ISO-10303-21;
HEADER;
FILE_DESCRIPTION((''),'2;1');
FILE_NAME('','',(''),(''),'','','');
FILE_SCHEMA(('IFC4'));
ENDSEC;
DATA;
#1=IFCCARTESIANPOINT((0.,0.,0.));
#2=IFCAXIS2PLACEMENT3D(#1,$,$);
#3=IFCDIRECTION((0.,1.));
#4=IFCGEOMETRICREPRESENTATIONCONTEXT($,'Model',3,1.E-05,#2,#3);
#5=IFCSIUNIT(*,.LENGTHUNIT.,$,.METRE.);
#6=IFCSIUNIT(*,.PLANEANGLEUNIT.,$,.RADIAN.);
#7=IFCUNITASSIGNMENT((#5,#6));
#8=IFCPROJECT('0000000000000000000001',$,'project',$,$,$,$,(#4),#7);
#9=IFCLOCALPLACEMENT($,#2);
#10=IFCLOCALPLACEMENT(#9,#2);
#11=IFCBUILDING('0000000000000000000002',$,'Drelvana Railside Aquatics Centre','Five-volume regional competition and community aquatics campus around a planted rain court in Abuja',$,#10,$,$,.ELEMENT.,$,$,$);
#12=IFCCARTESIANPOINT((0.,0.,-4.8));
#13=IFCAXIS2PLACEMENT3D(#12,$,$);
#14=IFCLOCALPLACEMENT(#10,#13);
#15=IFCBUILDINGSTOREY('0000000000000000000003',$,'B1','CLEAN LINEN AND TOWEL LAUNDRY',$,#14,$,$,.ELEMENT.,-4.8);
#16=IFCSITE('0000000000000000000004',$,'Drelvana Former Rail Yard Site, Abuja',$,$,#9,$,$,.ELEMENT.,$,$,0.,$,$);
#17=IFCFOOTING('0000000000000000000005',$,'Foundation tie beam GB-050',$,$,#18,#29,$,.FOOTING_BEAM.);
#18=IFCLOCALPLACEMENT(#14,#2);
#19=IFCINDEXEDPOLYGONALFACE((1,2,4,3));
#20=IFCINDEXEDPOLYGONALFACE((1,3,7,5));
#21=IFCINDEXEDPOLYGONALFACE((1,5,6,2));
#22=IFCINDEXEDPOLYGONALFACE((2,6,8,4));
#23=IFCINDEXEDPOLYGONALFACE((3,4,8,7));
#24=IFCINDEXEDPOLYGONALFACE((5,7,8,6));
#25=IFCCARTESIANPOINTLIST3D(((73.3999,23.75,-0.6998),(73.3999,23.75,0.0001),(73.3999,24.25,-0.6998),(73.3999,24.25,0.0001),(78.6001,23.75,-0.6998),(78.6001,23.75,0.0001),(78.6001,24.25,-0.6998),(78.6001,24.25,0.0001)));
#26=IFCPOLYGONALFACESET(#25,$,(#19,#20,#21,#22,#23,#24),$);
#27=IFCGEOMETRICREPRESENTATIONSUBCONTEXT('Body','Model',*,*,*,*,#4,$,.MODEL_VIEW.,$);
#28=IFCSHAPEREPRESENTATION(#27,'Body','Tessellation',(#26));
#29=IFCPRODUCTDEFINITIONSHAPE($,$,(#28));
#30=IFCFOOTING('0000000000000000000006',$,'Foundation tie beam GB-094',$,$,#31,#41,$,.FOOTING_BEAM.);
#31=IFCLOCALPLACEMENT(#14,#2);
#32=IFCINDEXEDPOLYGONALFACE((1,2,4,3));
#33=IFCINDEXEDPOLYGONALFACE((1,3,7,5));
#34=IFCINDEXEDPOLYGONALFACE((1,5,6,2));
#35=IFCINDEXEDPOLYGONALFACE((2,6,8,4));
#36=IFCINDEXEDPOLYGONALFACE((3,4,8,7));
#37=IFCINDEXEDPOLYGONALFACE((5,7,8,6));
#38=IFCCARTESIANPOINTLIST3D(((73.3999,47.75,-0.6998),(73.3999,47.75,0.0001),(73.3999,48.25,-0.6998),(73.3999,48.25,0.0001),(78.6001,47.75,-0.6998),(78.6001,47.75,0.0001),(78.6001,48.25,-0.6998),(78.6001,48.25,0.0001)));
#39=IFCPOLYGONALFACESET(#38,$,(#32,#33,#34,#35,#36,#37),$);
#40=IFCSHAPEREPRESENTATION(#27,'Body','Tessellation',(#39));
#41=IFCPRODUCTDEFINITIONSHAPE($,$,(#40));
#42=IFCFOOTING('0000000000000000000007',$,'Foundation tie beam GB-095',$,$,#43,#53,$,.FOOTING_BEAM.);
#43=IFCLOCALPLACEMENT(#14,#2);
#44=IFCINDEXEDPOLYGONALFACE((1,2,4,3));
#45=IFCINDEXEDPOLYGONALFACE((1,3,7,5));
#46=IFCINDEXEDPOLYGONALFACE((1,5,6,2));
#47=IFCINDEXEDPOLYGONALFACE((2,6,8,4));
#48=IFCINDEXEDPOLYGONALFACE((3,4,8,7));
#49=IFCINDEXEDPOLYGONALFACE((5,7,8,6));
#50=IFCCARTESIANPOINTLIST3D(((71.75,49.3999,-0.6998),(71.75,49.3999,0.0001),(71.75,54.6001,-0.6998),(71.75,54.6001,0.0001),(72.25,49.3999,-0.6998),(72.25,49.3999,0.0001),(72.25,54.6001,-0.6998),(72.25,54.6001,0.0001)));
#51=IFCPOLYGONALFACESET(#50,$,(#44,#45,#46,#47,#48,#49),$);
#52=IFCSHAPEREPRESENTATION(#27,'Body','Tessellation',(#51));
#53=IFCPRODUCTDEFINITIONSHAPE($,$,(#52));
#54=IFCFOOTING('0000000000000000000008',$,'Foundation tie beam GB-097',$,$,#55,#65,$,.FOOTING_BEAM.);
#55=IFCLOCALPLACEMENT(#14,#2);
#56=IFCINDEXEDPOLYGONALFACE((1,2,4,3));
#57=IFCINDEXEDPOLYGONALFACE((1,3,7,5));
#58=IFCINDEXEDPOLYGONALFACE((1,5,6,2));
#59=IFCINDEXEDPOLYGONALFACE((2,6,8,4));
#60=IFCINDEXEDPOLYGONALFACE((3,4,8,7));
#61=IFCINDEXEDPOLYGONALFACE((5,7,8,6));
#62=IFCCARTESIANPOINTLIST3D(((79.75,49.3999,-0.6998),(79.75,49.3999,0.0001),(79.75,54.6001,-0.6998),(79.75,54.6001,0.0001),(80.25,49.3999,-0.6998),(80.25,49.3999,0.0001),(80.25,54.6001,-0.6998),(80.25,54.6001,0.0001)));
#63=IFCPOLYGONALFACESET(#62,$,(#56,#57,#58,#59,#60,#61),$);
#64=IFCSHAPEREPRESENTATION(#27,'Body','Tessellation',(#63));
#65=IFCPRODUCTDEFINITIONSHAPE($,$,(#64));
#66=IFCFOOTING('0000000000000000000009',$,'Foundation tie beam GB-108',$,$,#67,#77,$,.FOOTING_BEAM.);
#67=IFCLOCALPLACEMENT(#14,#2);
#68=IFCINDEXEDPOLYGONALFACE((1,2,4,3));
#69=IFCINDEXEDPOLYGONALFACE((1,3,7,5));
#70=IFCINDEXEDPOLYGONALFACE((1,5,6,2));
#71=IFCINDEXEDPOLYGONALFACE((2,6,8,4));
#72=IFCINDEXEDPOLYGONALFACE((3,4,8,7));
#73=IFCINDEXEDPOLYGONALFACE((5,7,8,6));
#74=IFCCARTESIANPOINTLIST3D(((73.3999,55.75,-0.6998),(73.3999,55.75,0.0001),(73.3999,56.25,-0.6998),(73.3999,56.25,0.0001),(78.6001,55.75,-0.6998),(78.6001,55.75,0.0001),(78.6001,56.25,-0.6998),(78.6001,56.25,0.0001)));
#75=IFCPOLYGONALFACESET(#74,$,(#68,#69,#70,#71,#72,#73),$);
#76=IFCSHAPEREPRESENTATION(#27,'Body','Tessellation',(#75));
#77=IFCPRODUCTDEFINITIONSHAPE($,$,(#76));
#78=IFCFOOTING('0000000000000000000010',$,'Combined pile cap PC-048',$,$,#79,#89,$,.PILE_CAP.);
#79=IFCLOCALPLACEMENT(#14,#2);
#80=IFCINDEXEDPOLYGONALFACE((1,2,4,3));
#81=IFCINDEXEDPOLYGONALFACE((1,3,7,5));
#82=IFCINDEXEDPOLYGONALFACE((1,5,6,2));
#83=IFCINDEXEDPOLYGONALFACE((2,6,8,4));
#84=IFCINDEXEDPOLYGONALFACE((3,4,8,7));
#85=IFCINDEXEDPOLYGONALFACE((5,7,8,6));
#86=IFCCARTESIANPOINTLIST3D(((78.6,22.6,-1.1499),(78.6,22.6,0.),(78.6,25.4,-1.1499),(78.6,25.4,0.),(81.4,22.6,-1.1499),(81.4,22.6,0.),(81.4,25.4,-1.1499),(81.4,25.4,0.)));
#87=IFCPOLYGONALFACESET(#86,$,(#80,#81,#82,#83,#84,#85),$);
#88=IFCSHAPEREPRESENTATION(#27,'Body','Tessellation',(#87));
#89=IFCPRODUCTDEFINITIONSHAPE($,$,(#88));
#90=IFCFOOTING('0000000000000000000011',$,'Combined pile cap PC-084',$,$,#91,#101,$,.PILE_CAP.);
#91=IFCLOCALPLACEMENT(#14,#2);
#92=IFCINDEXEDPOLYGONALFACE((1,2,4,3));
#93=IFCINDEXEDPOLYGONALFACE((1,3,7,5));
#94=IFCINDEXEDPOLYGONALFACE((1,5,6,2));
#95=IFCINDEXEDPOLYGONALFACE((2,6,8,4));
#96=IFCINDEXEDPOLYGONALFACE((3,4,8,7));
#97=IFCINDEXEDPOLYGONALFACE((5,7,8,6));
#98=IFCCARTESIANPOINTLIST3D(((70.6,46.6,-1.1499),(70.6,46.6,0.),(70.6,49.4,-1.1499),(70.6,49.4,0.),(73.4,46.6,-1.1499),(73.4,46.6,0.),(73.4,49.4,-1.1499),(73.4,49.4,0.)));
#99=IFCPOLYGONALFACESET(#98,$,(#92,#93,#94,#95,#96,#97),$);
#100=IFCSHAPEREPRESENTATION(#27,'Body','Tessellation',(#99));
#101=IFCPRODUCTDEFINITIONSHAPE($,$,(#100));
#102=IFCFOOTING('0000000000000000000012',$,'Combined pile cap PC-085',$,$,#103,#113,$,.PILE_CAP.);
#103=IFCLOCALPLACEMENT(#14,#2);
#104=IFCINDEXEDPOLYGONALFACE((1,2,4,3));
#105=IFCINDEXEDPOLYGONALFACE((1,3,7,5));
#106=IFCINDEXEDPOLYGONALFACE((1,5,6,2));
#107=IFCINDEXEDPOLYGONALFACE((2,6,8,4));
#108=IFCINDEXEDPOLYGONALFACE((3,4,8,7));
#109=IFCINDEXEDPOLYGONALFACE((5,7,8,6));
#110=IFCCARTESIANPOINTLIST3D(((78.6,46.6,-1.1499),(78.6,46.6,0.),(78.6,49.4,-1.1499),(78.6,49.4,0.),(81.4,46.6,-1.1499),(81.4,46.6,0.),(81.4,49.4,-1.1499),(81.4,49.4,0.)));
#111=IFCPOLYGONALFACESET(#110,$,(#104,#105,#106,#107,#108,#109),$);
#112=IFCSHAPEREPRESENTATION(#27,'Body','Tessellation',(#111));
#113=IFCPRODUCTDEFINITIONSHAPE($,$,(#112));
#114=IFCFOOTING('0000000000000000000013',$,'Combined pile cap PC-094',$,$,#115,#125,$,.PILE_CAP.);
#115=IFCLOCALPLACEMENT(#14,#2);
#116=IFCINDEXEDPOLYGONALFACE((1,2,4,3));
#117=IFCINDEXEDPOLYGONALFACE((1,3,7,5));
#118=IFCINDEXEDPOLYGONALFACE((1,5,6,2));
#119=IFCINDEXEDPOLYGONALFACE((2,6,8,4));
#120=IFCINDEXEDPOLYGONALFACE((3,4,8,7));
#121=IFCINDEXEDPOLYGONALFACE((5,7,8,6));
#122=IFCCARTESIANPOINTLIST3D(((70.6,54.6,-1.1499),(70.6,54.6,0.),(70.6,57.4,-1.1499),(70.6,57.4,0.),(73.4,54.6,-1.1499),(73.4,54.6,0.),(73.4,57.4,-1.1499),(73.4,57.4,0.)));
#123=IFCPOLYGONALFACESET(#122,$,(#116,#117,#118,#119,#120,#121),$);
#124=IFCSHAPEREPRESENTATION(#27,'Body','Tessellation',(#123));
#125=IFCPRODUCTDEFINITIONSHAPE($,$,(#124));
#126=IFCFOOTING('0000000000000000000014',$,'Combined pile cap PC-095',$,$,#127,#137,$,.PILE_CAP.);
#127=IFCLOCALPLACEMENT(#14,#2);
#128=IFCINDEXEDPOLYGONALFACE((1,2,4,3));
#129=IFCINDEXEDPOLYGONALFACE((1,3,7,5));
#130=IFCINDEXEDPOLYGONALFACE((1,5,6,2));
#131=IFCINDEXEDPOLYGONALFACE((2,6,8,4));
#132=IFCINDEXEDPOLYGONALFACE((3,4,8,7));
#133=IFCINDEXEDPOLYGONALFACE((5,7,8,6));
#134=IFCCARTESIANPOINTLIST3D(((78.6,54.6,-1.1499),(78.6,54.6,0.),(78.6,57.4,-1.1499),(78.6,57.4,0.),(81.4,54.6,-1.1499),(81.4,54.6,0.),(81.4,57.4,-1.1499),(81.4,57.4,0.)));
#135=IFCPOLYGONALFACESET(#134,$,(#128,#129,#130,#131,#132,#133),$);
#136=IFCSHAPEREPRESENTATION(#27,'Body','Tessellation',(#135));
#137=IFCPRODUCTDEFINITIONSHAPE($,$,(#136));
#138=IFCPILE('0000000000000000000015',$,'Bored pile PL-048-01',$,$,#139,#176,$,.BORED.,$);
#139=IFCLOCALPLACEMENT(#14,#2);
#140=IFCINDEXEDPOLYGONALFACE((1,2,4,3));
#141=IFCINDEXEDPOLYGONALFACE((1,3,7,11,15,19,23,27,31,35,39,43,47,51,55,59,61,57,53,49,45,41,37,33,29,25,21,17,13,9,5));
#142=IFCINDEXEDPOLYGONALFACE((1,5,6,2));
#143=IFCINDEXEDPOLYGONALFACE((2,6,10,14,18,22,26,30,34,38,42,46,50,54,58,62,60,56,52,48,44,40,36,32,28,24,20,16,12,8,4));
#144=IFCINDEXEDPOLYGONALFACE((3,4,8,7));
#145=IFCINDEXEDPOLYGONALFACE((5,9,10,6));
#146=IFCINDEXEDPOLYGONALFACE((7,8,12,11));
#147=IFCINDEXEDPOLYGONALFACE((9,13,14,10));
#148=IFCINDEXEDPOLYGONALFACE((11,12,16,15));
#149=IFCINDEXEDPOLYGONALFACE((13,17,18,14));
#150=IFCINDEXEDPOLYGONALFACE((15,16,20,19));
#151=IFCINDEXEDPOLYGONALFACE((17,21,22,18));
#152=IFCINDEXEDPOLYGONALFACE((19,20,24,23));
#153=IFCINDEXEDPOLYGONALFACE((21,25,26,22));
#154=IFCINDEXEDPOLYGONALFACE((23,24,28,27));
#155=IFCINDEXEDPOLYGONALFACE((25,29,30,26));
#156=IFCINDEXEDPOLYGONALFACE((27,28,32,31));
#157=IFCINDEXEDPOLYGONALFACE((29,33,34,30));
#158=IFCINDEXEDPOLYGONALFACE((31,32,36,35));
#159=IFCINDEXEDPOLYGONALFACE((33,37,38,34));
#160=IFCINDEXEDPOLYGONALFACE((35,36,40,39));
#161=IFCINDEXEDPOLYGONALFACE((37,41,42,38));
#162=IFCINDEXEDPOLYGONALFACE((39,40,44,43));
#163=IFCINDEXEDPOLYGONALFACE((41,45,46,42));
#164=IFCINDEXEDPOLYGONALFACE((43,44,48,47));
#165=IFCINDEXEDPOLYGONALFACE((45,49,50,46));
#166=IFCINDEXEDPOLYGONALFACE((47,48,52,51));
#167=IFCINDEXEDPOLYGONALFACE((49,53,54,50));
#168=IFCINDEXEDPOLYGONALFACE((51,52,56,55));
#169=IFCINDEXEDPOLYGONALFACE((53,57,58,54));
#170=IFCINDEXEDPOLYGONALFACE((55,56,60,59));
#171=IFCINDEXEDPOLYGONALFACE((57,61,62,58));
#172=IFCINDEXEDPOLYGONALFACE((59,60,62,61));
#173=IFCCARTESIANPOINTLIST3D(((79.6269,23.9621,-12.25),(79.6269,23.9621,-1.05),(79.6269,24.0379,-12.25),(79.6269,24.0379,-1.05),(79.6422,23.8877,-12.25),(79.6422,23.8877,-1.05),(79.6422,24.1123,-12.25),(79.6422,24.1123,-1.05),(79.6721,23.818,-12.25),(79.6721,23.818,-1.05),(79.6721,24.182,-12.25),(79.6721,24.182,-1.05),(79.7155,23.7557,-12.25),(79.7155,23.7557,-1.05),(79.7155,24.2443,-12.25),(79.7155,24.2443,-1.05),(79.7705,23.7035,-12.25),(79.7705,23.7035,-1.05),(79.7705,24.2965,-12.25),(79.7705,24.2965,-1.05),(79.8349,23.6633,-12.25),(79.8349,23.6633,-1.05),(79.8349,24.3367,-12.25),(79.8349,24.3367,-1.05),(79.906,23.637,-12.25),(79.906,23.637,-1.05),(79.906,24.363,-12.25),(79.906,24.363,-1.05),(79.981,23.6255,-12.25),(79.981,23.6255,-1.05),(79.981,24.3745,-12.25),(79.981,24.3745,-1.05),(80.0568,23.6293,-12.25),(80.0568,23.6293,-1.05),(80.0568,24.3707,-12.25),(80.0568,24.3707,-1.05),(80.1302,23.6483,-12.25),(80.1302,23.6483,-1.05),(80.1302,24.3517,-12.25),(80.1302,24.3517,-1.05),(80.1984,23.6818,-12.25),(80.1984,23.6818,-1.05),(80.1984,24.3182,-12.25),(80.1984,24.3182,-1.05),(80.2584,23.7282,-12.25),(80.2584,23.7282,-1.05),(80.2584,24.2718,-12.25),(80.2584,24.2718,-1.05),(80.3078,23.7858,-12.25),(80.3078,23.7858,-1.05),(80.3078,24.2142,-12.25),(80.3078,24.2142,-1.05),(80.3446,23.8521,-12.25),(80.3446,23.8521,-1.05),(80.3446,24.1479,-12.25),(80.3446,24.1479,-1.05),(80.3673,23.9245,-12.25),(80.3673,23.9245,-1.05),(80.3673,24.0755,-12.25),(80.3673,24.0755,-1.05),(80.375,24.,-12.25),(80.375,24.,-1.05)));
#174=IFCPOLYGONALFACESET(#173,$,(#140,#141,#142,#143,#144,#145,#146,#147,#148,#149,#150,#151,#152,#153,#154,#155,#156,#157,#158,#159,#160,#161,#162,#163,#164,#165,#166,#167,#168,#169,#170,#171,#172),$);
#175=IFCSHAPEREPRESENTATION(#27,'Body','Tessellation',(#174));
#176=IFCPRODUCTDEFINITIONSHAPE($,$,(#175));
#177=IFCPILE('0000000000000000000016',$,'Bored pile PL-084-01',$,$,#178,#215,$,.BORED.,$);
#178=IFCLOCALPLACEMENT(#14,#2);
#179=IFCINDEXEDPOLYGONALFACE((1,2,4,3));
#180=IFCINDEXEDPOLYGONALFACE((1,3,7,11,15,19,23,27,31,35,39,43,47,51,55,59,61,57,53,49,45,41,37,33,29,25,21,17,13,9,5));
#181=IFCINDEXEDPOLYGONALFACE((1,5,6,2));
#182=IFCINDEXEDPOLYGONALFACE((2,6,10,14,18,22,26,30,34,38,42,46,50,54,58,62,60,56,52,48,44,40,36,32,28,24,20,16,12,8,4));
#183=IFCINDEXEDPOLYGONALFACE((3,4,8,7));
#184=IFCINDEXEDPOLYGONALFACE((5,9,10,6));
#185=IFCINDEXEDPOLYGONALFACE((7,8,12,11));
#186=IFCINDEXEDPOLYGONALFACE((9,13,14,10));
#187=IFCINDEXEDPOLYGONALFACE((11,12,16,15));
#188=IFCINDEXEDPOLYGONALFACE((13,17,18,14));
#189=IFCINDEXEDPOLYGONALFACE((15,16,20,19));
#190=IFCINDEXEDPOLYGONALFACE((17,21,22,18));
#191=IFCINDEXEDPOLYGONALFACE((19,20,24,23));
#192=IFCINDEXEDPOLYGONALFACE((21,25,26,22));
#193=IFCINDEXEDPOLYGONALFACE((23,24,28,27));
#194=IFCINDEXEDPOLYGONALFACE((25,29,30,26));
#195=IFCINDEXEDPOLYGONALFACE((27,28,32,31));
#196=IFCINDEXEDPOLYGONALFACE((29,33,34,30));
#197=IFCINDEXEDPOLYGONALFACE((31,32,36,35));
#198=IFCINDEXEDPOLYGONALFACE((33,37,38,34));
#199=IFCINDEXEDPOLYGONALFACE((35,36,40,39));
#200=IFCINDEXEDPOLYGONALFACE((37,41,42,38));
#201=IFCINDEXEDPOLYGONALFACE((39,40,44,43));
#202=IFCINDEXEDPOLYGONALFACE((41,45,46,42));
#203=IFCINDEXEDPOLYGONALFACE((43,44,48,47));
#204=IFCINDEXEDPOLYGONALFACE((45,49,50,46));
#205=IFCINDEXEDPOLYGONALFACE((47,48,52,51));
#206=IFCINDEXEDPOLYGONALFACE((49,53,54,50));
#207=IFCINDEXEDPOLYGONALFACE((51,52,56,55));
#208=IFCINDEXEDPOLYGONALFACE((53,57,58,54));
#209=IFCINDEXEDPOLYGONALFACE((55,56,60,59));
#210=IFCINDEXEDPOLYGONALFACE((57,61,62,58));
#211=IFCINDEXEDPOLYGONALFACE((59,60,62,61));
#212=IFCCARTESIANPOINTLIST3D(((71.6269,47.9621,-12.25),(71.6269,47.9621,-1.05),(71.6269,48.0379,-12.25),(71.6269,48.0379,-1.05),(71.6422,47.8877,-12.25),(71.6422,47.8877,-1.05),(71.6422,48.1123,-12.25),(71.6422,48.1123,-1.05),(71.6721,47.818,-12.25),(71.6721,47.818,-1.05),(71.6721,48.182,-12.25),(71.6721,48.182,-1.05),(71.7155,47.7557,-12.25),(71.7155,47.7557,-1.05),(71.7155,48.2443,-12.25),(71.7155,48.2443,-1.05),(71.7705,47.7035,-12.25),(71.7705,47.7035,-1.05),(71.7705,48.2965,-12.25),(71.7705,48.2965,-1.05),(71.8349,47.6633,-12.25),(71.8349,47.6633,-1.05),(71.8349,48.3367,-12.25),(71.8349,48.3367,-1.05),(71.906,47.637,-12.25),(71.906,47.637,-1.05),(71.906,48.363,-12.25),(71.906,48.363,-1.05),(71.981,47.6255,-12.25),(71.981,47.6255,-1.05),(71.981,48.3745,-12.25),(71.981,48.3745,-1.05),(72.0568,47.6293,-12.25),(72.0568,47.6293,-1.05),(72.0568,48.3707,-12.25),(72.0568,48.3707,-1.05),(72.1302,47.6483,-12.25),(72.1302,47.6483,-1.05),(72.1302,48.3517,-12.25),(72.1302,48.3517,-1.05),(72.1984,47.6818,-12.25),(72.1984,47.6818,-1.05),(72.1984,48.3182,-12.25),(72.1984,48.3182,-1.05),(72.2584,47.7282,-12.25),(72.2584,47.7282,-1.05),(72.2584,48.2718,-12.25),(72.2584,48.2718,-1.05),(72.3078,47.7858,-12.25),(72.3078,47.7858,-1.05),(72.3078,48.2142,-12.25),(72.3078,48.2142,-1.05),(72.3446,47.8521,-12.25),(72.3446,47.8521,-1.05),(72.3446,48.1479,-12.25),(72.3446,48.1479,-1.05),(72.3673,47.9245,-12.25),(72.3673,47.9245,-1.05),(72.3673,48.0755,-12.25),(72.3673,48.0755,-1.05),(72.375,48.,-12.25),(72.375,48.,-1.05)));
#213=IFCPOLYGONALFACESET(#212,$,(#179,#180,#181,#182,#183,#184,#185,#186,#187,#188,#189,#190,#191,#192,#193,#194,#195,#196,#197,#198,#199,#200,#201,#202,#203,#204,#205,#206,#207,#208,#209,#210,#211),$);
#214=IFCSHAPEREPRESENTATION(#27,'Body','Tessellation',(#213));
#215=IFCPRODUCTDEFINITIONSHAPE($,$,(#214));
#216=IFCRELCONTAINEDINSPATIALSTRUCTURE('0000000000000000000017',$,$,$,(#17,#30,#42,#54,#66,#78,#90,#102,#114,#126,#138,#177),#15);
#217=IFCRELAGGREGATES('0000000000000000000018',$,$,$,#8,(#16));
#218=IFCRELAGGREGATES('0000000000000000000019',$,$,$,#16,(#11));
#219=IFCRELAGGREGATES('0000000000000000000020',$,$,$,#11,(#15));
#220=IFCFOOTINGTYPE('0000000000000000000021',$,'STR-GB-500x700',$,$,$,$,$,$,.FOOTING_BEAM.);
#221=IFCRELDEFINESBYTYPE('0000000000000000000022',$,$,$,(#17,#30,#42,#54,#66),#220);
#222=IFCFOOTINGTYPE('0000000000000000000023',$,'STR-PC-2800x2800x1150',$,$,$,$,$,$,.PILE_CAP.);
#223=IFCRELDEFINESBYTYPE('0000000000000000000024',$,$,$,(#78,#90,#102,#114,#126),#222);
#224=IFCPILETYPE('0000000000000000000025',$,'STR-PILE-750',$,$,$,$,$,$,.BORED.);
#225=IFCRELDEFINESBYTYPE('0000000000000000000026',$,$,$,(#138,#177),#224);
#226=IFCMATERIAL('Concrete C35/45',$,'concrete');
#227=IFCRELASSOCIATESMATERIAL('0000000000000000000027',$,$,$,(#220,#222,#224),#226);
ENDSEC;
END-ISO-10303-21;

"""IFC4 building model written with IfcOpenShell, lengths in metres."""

from ifc_helpers import new_model, si_unit, direction, frame, origin, origin_2d, place, context, subcontext, project, spatial, rectangle, circle, extrude, material, material_profile, profile_set, type_object, element, save


model = new_model("IFC4")

# Units and contexts
model_context = context("Model", 3, precision=1e-05, world=origin(), true_north=direction((0.0, 1.0)))
body_context = subcontext(model_context, "Body", "Model", "MODEL_VIEW")
ifc_project = project(units=[si_unit("LENGTHUNIT", "METRE"), si_unit("PLANEANGLEUNIT", "RADIAN")], contexts=[model_context])

# Site, building, storey
site_placement = place(None, origin())
site = spatial("IfcSite", under=ifc_project, at=site_placement, Name="Drelvana Former Rail Yard Site, Abuja", CompositionType="ELEMENT", RefElevation=0.0)
building_placement = place(site_placement, origin())
building = spatial("IfcBuilding", under=site, at=building_placement, Name="Drelvana Railside Aquatics Centre", Description="Five-volume regional competition and community aquatics campus around a planted rain court in Abuja", CompositionType="ELEMENT")
storey_placement = place(building_placement, frame((0.0, 0.0, -4.8)))
storey = spatial("IfcBuildingStorey", under=building, at=storey_placement, Name="B1", Description="CLEAN LINEN AND TOWEL LAUNDRY", CompositionType="ELEMENT", Elevation=-4.8)

# Footings
ifc_material_1 = material(Name="Concrete C35/45", Category="concrete")
ifc_material_profile_1 = material_profile(ifc_material_1, rectangle(XDim=0.5, YDim=0.7, at=origin_2d()), Name="GB 500x700")
ifc_profile_set_1 = profile_set([ifc_material_profile_1], Name="Concrete C35/45")
footing_type_1 = type_object("IfcFootingType", Name="STR-GB-500x700", PredefinedType="FOOTING_BEAM", material=ifc_profile_set_1)
for number, where, z_axis, x_axis, name in (
    (1, (73.3999, 24.0, -0.3499), (1.0, 0.0, 0.0), (0.0, 1.0, 0.0), "Foundation tie beam GB-050"),
    (2, (73.3999, 48.0, -0.3499), (1.0, 0.0, 0.0), (0.0, 1.0, 0.0), "Foundation tie beam GB-094"),
    (3, (72.0, 49.3999, -0.3499), (0.0, 1.0, 0.0), (-1.0, 0.0, 0.0), "Foundation tie beam GB-095"),
    (4, (80.0, 49.3999, -0.3499), (0.0, 1.0, 0.0), (-1.0, 0.0, 0.0), "Foundation tie beam GB-097"),
    (5, (73.3999, 56.0, -0.3499), (1.0, 0.0, 0.0), (0.0, 1.0, 0.0), "Foundation tie beam GB-108"),
):
    element("IfcFooting", number, at=place(storey_placement, frame(where, z_axis=z_axis, x_axis=x_axis)), inside=storey, type_object=footing_type_1, Name=name, PredefinedType="FOOTING_BEAM", context=body_context, shape_type="SweptSolid", body=[
        extrude(rectangle(XDim=0.5, YDim=0.7, at=origin_2d()), origin(), (0.0, 0.0, 1.0), 5.2002),
    ])
footing_type_2 = type_object("IfcFootingType", Name="STR-PC-2800x2800x1150", PredefinedType="PILE_CAP", material=ifc_material_1)
for number, where, z_axis, x_axis, name in (
    (6, (80.0, 24.0, -1.1499), (0.0, 0.0, 1.0), (1.0, 0.0, 0.0), "Combined pile cap PC-048"),
    (7, (72.0, 48.0, -1.1499), (0.0, 0.0, 1.0), (1.0, 0.0, 0.0), "Combined pile cap PC-084"),
    (8, (80.0, 48.0, -1.1499), (0.0, 0.0, 1.0), (1.0, 0.0, 0.0), "Combined pile cap PC-085"),
    (9, (72.0, 56.0, -1.1499), (0.0, 0.0, 1.0), (1.0, 0.0, 0.0), "Combined pile cap PC-094"),
    (10, (80.0, 56.0, -1.1499), (0.0, 0.0, 1.0), (1.0, 0.0, 0.0), "Combined pile cap PC-095"),
):
    element("IfcFooting", number, at=place(storey_placement, frame(where, z_axis=z_axis, x_axis=x_axis)), inside=storey, type_object=footing_type_2, Name=name, PredefinedType="PILE_CAP", context=body_context, shape_type="SweptSolid", body=[
        extrude(rectangle(XDim=2.8, YDim=2.8, at=origin_2d()), origin(), (0.0, 0.0, 1.0), 1.1499),
    ])

# Piles
ifc_material_profile_2 = material_profile(ifc_material_1, circle(Radius=0.375, at=origin_2d()), Name="PILE D750")
ifc_profile_set_2 = profile_set([ifc_material_profile_2], Name="Concrete C35/45")
pile_type = type_object("IfcPileType", Name="STR-PILE-750", PredefinedType="BORED", material=ifc_profile_set_2)
for number, where, z_axis, x_axis, name in (
    (11, (80.0, 24.0, -1.05), (0.0, 0.0, -1.0), (1.0, 0.0, 0.0), "Bored pile PL-048-01"),
    (12, (72.0, 48.0, -1.05), (0.0, 0.0, -1.0), (1.0, 0.0, 0.0), "Bored pile PL-084-01"),
):
    element("IfcPile", number, at=place(storey_placement, frame(where, z_axis=z_axis, x_axis=x_axis)), inside=storey, type_object=pile_type, Name=name, PredefinedType="BORED", context=body_context, shape_type="SweptSolid", body=[
        extrude(circle(Radius=0.375, at=origin_2d()), origin(), (0.0, 0.0, 1.0), 11.2),
    ])

save(model, "model.ifc")
